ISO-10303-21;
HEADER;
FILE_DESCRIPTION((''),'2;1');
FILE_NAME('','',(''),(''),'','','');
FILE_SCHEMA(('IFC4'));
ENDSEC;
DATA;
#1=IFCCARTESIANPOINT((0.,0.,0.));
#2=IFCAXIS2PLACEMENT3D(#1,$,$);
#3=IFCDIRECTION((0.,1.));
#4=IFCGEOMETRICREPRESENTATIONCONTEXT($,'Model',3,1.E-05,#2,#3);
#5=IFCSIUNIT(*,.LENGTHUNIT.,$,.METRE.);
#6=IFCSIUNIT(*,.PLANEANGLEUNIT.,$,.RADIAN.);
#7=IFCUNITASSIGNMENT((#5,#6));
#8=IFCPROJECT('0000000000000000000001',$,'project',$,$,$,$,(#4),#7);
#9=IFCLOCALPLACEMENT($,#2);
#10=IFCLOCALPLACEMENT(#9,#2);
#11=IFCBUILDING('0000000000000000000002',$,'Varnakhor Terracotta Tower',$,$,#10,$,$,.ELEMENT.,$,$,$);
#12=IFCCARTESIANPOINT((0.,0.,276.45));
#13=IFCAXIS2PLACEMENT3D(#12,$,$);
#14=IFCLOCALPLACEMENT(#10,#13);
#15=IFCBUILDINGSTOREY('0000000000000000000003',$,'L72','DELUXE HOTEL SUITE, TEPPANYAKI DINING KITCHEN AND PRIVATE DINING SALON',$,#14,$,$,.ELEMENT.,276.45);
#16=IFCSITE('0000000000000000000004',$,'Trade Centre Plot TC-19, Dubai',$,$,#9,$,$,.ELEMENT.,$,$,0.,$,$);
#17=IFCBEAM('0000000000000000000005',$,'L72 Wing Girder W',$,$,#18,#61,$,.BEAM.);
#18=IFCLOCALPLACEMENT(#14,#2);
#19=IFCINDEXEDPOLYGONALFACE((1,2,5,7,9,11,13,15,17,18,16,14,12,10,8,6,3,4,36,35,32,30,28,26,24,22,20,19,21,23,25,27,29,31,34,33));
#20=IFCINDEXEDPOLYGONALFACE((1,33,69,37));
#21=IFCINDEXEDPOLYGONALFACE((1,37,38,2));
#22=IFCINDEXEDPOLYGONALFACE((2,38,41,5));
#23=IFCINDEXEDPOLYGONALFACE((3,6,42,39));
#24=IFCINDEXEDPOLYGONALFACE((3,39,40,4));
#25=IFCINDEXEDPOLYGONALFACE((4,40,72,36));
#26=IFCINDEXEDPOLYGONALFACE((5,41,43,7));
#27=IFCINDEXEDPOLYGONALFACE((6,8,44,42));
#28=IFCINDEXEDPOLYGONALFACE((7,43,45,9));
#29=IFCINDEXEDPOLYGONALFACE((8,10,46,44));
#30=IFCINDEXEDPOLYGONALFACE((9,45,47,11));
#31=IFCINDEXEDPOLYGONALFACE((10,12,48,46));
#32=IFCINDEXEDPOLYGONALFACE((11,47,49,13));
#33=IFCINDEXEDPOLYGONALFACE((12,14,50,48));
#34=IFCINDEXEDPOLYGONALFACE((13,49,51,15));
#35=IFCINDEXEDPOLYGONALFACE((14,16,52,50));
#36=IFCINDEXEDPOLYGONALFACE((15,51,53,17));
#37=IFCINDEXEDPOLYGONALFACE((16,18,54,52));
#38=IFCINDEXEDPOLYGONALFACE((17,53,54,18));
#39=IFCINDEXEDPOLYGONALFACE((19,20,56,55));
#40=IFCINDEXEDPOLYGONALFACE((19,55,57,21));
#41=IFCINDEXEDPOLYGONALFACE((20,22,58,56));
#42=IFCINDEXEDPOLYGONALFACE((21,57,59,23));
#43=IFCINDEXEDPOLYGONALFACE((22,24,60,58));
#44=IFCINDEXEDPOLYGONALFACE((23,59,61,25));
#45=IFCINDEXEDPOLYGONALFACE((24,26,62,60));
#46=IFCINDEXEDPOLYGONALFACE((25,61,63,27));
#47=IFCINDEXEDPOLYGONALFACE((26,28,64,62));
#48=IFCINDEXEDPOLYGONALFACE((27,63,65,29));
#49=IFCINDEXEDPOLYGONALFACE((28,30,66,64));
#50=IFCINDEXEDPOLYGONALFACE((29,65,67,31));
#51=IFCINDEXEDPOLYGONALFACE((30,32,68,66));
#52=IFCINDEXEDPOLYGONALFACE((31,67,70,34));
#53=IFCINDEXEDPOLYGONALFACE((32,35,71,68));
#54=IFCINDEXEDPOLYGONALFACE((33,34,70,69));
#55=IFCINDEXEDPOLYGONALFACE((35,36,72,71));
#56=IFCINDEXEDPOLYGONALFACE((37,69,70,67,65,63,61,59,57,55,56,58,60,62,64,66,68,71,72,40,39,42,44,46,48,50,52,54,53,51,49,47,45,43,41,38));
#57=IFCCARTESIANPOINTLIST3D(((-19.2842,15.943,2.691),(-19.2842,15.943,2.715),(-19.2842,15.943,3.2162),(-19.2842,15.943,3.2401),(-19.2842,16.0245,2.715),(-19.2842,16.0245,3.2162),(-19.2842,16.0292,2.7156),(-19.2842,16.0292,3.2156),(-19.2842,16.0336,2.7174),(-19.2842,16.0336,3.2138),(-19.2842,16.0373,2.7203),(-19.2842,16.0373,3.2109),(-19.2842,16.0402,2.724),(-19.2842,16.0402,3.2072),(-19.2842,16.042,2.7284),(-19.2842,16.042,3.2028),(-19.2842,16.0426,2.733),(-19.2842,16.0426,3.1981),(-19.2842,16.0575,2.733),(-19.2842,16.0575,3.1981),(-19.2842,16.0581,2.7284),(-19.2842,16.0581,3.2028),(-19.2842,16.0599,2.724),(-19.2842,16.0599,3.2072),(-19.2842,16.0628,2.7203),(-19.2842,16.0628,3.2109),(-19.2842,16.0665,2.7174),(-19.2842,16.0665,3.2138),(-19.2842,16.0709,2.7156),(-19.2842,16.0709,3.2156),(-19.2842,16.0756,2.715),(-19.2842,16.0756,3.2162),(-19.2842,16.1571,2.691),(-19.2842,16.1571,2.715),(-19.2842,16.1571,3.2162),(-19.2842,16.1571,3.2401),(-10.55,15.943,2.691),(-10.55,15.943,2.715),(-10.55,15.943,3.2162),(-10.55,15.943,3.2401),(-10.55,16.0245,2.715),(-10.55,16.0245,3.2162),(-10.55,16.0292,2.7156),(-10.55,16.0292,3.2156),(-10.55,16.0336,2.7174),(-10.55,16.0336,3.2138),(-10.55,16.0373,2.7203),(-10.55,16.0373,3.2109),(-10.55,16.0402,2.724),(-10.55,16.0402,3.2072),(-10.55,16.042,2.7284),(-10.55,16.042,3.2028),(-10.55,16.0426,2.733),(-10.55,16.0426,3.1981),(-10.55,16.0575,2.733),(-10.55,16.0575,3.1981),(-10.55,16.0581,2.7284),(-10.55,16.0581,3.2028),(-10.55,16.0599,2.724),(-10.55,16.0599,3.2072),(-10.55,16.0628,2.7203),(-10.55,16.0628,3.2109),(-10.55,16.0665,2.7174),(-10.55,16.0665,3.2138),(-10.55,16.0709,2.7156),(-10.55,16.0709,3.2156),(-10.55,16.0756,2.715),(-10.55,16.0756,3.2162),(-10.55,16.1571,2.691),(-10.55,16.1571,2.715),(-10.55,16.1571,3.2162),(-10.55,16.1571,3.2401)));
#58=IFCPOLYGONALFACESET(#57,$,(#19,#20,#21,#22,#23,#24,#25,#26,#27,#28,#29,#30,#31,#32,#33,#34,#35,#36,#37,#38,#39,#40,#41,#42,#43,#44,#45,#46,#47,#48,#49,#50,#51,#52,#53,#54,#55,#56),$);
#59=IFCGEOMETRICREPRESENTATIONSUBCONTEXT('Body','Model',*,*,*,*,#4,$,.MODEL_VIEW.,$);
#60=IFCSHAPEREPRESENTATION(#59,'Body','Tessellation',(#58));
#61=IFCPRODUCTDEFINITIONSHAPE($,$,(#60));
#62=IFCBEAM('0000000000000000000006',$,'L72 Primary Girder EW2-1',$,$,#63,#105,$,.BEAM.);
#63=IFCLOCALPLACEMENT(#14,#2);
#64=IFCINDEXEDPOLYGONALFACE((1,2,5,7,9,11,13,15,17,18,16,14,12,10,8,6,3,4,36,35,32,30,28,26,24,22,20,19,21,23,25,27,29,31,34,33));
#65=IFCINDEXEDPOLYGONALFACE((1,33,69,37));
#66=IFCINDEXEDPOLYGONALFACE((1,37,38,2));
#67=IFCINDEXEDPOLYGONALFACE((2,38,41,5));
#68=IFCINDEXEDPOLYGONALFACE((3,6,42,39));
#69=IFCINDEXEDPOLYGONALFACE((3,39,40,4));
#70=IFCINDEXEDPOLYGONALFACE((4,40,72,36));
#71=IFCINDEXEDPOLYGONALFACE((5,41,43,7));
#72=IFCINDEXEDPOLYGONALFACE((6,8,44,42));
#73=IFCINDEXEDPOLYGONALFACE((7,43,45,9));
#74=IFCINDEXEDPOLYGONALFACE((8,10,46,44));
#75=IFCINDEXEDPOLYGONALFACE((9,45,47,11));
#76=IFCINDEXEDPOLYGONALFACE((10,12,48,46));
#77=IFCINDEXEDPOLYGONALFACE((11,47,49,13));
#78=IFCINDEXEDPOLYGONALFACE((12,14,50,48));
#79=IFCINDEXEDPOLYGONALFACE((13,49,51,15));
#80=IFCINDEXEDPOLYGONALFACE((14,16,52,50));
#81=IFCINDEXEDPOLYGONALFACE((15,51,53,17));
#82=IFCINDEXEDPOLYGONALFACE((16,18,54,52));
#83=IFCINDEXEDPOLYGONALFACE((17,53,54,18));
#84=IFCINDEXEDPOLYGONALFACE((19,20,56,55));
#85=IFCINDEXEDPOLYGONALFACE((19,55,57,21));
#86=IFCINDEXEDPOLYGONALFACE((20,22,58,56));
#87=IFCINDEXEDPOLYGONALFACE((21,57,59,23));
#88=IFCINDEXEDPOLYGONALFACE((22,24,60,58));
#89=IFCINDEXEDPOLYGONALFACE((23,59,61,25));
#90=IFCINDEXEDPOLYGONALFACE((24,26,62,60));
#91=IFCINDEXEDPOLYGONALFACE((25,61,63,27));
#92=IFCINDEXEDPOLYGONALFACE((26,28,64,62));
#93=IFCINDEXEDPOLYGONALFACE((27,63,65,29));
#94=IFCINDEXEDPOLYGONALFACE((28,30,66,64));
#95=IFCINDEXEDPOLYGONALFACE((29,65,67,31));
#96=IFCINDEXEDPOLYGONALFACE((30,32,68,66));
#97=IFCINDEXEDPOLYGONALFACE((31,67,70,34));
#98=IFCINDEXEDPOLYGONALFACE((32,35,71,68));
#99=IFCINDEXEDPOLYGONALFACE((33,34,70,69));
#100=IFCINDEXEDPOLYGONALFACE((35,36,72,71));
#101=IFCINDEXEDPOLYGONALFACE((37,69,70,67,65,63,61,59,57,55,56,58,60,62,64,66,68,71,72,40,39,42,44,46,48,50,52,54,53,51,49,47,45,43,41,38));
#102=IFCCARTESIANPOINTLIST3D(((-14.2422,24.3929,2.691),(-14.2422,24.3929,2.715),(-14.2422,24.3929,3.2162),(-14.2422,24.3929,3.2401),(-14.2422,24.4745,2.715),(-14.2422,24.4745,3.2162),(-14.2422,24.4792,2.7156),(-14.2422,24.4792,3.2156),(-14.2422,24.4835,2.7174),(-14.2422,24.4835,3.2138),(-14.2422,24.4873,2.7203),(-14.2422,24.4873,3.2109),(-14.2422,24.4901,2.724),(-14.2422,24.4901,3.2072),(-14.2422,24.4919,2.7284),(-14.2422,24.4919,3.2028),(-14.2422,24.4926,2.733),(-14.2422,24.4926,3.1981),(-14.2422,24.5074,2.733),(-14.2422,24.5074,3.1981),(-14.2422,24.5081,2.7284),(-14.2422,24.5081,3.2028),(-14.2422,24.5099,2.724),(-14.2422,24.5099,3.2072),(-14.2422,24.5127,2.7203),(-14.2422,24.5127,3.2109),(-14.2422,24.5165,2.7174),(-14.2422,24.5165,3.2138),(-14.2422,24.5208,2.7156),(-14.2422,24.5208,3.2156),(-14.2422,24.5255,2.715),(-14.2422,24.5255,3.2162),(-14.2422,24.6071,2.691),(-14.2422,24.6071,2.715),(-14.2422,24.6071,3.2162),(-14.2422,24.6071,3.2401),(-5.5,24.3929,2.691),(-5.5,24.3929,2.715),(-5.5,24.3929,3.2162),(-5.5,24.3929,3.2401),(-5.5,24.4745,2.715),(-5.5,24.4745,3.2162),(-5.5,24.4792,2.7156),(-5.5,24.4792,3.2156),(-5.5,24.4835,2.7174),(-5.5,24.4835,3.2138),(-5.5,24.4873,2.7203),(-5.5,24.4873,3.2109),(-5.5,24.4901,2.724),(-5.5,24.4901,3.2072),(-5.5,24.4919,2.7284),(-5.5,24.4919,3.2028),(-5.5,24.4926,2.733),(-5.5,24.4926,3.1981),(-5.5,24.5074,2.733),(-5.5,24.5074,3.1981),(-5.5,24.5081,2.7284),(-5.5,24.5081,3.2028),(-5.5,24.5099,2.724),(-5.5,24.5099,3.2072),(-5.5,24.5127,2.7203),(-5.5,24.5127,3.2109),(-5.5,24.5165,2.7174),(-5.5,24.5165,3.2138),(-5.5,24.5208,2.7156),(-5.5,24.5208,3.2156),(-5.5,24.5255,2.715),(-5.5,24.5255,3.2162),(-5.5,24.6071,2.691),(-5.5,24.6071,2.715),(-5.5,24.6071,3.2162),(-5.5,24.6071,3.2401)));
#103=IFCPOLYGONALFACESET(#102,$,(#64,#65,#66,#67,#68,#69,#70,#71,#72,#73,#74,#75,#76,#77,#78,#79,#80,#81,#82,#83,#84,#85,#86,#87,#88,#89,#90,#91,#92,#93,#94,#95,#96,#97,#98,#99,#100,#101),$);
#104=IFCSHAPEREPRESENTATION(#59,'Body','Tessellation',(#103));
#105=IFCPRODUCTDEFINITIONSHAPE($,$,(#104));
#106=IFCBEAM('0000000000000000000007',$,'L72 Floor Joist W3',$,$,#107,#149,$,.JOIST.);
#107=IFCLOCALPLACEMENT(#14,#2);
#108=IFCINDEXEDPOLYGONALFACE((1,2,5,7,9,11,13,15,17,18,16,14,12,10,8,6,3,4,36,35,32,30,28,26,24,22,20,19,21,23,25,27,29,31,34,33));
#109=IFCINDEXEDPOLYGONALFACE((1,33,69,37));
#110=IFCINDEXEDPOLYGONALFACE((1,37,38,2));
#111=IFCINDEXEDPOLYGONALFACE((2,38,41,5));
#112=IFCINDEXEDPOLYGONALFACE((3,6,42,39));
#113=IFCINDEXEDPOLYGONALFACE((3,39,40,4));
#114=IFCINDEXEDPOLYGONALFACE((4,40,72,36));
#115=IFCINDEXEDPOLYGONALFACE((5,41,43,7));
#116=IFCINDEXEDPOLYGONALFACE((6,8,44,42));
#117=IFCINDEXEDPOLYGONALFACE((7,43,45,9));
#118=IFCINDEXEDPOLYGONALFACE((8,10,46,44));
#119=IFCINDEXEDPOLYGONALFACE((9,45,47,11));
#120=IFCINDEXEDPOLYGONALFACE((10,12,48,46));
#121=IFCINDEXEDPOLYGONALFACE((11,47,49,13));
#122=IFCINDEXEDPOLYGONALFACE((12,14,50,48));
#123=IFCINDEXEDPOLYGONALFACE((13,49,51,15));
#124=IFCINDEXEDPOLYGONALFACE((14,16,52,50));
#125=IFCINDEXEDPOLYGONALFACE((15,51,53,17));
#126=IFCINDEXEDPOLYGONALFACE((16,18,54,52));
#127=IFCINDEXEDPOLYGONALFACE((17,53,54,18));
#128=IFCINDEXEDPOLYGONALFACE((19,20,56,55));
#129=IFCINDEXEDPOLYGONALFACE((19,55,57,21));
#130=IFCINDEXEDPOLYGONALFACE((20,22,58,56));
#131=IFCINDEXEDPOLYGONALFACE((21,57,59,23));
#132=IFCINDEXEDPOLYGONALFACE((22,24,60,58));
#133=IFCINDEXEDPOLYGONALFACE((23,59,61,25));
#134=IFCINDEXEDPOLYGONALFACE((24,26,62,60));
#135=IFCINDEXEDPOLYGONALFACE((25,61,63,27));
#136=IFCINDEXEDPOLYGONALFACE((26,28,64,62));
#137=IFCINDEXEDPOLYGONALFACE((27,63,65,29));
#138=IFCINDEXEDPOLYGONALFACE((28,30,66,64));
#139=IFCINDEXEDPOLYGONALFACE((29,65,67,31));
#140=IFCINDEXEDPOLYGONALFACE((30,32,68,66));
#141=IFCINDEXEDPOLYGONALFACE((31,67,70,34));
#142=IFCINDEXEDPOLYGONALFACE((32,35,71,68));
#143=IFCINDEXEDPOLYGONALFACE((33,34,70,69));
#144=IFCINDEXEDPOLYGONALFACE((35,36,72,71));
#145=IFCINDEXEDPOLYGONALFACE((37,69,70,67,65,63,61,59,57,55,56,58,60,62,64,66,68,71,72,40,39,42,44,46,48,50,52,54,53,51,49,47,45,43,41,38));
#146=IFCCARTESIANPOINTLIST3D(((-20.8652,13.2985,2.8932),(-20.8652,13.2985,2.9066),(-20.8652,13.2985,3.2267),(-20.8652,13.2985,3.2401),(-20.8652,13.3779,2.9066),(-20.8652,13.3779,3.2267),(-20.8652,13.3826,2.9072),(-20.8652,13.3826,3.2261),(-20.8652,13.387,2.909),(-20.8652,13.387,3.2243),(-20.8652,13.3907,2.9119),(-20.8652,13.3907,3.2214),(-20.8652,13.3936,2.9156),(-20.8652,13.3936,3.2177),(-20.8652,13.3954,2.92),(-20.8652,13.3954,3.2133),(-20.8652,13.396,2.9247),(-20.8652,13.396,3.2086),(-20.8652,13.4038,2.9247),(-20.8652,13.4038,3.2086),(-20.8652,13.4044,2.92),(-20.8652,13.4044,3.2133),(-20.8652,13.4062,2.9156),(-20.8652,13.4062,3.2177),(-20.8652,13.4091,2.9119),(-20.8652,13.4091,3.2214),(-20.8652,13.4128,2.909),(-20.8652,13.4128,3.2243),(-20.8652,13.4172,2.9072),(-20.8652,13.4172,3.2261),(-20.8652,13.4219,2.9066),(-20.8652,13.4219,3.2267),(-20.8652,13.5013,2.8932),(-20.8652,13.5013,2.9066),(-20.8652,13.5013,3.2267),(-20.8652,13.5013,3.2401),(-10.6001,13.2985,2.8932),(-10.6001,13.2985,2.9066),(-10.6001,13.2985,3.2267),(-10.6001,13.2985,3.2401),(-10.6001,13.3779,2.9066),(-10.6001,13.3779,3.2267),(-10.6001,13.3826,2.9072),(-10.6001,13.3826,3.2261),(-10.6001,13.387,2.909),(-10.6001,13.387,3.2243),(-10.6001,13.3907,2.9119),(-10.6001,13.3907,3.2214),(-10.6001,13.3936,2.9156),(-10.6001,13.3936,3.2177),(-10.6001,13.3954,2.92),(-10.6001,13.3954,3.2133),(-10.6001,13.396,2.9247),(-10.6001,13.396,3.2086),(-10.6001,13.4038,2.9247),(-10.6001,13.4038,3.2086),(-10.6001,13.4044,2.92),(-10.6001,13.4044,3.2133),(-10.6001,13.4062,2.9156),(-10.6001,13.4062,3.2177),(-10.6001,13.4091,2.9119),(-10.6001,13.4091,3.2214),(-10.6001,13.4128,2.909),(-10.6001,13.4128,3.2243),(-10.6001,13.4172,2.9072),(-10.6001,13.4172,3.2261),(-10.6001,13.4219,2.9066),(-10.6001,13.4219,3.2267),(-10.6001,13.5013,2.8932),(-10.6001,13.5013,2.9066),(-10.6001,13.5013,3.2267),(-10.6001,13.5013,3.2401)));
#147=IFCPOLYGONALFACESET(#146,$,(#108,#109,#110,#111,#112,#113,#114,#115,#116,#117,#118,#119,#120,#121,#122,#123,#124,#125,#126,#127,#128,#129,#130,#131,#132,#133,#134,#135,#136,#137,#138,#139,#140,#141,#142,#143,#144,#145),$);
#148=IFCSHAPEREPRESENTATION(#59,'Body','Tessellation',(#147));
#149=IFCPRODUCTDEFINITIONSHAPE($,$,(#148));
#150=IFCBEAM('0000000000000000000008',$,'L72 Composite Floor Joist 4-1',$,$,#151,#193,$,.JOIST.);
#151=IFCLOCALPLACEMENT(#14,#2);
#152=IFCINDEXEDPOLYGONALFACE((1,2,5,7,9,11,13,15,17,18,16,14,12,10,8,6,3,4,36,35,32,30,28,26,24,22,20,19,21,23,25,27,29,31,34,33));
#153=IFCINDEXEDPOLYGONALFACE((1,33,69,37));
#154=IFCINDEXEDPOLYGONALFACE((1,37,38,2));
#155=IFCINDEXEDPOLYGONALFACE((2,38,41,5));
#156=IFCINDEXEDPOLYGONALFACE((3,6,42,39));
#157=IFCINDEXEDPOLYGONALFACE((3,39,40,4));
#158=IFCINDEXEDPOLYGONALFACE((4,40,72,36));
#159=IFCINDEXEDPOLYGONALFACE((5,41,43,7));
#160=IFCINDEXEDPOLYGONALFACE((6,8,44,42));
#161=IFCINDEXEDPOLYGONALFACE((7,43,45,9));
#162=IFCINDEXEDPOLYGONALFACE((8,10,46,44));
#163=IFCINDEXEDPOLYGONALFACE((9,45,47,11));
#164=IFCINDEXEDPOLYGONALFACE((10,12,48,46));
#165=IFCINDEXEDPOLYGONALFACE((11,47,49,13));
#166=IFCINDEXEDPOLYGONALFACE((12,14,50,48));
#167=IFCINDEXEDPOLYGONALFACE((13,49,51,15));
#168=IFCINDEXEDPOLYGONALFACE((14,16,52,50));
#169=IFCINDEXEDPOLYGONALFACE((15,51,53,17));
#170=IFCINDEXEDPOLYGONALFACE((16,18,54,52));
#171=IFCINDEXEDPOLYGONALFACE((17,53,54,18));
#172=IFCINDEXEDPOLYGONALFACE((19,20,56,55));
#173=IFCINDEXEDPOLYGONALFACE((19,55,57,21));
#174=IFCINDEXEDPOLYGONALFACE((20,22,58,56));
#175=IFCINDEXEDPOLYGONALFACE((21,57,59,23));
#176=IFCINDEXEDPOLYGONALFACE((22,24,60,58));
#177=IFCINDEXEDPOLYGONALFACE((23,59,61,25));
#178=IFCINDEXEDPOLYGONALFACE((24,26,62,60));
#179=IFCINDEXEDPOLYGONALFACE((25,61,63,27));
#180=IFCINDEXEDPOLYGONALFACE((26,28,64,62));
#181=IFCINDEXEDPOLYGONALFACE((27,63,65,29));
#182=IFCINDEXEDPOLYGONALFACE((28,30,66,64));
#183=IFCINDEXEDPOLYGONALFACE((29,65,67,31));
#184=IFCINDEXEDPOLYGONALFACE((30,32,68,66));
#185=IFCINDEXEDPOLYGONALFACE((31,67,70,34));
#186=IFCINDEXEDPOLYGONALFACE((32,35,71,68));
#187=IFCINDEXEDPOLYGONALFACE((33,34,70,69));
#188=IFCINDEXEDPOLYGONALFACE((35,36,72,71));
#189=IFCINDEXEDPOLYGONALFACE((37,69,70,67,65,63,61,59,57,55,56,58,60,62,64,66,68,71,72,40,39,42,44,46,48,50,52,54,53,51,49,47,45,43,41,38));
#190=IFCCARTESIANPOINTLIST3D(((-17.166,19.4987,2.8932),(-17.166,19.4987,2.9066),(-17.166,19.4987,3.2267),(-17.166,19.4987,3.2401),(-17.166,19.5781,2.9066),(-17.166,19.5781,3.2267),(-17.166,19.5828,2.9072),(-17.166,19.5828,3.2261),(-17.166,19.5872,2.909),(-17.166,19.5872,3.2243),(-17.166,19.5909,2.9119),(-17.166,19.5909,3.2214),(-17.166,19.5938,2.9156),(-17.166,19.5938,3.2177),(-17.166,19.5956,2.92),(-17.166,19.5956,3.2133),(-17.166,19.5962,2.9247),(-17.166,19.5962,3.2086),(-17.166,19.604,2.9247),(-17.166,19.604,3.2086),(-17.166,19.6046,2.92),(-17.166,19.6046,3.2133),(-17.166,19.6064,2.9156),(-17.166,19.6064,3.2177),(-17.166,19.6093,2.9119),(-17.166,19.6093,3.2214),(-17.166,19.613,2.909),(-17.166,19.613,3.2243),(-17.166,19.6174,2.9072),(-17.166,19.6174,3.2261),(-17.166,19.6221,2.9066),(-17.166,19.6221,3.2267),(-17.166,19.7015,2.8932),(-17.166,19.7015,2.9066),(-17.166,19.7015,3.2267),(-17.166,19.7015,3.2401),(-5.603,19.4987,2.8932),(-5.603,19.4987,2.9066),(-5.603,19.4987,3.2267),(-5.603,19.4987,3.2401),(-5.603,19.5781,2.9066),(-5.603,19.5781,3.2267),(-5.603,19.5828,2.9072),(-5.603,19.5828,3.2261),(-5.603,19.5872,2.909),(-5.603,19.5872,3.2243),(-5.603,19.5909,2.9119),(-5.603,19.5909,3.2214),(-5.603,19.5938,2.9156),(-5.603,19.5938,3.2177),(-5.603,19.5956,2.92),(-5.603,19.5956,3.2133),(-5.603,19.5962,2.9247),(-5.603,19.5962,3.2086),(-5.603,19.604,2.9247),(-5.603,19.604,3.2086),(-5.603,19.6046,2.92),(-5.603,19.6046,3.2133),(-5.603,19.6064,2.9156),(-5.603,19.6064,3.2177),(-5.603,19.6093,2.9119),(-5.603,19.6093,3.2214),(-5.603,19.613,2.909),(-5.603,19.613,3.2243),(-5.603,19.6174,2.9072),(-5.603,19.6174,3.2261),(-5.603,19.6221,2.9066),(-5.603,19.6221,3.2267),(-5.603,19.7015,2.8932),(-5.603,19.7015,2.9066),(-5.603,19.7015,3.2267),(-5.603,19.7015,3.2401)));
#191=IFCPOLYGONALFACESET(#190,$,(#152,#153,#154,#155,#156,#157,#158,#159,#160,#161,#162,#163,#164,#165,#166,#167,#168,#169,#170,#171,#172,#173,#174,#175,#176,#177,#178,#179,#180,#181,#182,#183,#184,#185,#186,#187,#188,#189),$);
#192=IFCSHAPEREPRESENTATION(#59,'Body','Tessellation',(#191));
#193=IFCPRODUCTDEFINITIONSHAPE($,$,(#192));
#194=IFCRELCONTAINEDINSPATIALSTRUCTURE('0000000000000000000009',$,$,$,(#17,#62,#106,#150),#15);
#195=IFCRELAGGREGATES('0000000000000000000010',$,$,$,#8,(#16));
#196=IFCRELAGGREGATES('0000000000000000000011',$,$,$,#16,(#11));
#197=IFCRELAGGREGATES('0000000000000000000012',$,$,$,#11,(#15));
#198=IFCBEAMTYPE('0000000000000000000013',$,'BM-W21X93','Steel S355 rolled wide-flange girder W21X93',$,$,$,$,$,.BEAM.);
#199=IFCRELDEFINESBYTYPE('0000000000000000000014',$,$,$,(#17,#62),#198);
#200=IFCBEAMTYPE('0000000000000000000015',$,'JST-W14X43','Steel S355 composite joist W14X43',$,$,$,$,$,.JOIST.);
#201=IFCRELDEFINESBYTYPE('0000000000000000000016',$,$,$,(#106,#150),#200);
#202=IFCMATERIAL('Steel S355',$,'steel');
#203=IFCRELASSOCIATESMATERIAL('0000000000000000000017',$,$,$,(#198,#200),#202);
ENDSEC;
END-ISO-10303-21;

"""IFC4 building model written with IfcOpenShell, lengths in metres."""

from ifc_helpers import new_model, si_unit, direction, frame, origin, origin_2d, place, context, subcontext, project, spatial, i_section, extrude, source, transform, mapped, material, material_profile, profile_set, type_object, element, save


model = new_model("IFC4")

# Units and contexts
model_context = context("Model", 3, precision=1e-05, world=origin(), true_north=direction((0.0, 1.0)))
body_context = subcontext(model_context, "Body", "Model", "MODEL_VIEW")
ifc_project = project(units=[si_unit("LENGTHUNIT", "METRE"), si_unit("PLANEANGLEUNIT", "RADIAN")], contexts=[model_context])

# Site, building, storey
site_placement = place(None, origin())
site = spatial("IfcSite", under=ifc_project, at=site_placement, Name="Trade Centre Plot TC-19, Dubai", CompositionType="ELEMENT", RefElevation=0.0)
building_placement = place(site_placement, origin())
building = spatial("IfcBuilding", under=site, at=building_placement, Name="Varnakhor Terracotta Tower", CompositionType="ELEMENT")
storey_placement = place(building_placement, frame((0.0, 0.0, 276.45)))
storey = spatial("IfcBuildingStorey", under=building, at=storey_placement, Name="L72", Description="DELUXE HOTEL SUITE, TEPPANYAKI DINING KITCHEN AND PRIVATE DINING SALON", CompositionType="ELEMENT", Elevation=276.45)

# Beams
ifc_material_1 = material(Name="Steel S355", Category="steel")
ifc_material_profile_1 = material_profile(ifc_material_1, i_section(OverallWidth=0.2141, OverallDepth=0.5491, WebThickness=0.0149, FlangeThickness=0.0239, FilletRadius=0.0181, at=origin_2d()), Name="W21X93")
ifc_profile_set_1 = profile_set([ifc_material_profile_1], Name="Steel S355")
beam_type_1 = type_object("IfcBeamType", Name="BM-W21X93", Description="Steel S355 rolled wide-flange girder W21X93", PredefinedType="BEAM", material=ifc_profile_set_1)
shared_shape_1 = source(origin(), body_context, "Body", "SweptSolid", [
    extrude(i_section(OverallWidth=0.2141, OverallDepth=0.5491, WebThickness=0.0149, FlangeThickness=0.0239, FilletRadius=0.0181, at=origin_2d()), origin(), (0.0, 0.0, 1.0), 8.7341),
])
beam_1_placement = place(storey_placement, frame((-19.2842, 16.05, 2.9656), z_axis=(1.0, 0.0, 0.0), x_axis=(0.0, 1.0, 0.0)))
element("IfcBeam", 1, at=beam_1_placement, inside=storey, type_object=beam_type_1, Name="L72 Wing Girder W", PredefinedType="BEAM", context=body_context, shape_type="MappedRepresentation", body=[
    mapped(shared_shape_1, transform((0.0, 0.0, 0.0), scale=1.0)),
])
shared_shape_2 = source(origin(), body_context, "Body", "SweptSolid", [
    extrude(i_section(OverallWidth=0.2141, OverallDepth=0.5491, WebThickness=0.0149, FlangeThickness=0.0239, FilletRadius=0.0181, at=origin_2d()), origin(), (0.0, 0.0, 1.0), 8.7422),
])
beam_2_placement = place(storey_placement, frame((-14.2422, 24.5, 2.9656), z_axis=(1.0, 0.0, 0.0), x_axis=(0.0, 1.0, 0.0)))
element("IfcBeam", 2, at=beam_2_placement, inside=storey, type_object=beam_type_1, Name="L72 Primary Girder EW2-1", PredefinedType="BEAM", context=body_context, shape_type="MappedRepresentation", body=[
    mapped(shared_shape_2, transform((0.0, 0.0, 0.0), scale=1.0)),
])
ifc_material_profile_2 = material_profile(ifc_material_1, i_section(OverallWidth=0.2029, OverallDepth=0.3469, WebThickness=0.0078, FlangeThickness=0.0134, FilletRadius=0.0181, at=origin_2d()), Name="W14X43")
ifc_profile_set_2 = profile_set([ifc_material_profile_2], Name="Steel S355")
beam_type_2 = type_object("IfcBeamType", Name="JST-W14X43", Description="Steel S355 composite joist W14X43", PredefinedType="JOIST", material=ifc_profile_set_2)
shared_shape_3 = source(origin(), body_context, "Body", "SweptSolid", [
    extrude(i_section(OverallWidth=0.2029, OverallDepth=0.3469, WebThickness=0.0078, FlangeThickness=0.0134, FilletRadius=0.0181, at=origin_2d()), origin(), (0.0, 0.0, 1.0), 10.2651),
])
beam_3_placement = place(storey_placement, frame((-20.8652, 13.3999, 3.0667), z_axis=(1.0, 0.0, 0.0), x_axis=(0.0, 1.0, 0.0)))
element("IfcBeam", 3, at=beam_3_placement, inside=storey, type_object=beam_type_2, Name="L72 Floor Joist W3", PredefinedType="JOIST", context=body_context, shape_type="MappedRepresentation", body=[
    mapped(shared_shape_3, transform((0.0, 0.0, 0.0), scale=1.0)),
])
shared_shape_4 = source(origin(), body_context, "Body", "SweptSolid", [
    extrude(i_section(OverallWidth=0.2029, OverallDepth=0.3469, WebThickness=0.0078, FlangeThickness=0.0134, FilletRadius=0.0181, at=origin_2d()), origin(), (0.0, 0.0, 1.0), 11.563),
])
beam_4_placement = place(storey_placement, frame((-17.166, 19.6001, 3.0667), z_axis=(1.0, 0.0, 0.0), x_axis=(0.0, 1.0, 0.0)))
element("IfcBeam", 4, at=beam_4_placement, inside=storey, type_object=beam_type_2, Name="L72 Composite Floor Joist 4-1", PredefinedType="JOIST", context=body_context, shape_type="MappedRepresentation", body=[
    mapped(shared_shape_4, transform((0.0, 0.0, 0.0), scale=1.0)),
])

save(model, "model.ifc")
